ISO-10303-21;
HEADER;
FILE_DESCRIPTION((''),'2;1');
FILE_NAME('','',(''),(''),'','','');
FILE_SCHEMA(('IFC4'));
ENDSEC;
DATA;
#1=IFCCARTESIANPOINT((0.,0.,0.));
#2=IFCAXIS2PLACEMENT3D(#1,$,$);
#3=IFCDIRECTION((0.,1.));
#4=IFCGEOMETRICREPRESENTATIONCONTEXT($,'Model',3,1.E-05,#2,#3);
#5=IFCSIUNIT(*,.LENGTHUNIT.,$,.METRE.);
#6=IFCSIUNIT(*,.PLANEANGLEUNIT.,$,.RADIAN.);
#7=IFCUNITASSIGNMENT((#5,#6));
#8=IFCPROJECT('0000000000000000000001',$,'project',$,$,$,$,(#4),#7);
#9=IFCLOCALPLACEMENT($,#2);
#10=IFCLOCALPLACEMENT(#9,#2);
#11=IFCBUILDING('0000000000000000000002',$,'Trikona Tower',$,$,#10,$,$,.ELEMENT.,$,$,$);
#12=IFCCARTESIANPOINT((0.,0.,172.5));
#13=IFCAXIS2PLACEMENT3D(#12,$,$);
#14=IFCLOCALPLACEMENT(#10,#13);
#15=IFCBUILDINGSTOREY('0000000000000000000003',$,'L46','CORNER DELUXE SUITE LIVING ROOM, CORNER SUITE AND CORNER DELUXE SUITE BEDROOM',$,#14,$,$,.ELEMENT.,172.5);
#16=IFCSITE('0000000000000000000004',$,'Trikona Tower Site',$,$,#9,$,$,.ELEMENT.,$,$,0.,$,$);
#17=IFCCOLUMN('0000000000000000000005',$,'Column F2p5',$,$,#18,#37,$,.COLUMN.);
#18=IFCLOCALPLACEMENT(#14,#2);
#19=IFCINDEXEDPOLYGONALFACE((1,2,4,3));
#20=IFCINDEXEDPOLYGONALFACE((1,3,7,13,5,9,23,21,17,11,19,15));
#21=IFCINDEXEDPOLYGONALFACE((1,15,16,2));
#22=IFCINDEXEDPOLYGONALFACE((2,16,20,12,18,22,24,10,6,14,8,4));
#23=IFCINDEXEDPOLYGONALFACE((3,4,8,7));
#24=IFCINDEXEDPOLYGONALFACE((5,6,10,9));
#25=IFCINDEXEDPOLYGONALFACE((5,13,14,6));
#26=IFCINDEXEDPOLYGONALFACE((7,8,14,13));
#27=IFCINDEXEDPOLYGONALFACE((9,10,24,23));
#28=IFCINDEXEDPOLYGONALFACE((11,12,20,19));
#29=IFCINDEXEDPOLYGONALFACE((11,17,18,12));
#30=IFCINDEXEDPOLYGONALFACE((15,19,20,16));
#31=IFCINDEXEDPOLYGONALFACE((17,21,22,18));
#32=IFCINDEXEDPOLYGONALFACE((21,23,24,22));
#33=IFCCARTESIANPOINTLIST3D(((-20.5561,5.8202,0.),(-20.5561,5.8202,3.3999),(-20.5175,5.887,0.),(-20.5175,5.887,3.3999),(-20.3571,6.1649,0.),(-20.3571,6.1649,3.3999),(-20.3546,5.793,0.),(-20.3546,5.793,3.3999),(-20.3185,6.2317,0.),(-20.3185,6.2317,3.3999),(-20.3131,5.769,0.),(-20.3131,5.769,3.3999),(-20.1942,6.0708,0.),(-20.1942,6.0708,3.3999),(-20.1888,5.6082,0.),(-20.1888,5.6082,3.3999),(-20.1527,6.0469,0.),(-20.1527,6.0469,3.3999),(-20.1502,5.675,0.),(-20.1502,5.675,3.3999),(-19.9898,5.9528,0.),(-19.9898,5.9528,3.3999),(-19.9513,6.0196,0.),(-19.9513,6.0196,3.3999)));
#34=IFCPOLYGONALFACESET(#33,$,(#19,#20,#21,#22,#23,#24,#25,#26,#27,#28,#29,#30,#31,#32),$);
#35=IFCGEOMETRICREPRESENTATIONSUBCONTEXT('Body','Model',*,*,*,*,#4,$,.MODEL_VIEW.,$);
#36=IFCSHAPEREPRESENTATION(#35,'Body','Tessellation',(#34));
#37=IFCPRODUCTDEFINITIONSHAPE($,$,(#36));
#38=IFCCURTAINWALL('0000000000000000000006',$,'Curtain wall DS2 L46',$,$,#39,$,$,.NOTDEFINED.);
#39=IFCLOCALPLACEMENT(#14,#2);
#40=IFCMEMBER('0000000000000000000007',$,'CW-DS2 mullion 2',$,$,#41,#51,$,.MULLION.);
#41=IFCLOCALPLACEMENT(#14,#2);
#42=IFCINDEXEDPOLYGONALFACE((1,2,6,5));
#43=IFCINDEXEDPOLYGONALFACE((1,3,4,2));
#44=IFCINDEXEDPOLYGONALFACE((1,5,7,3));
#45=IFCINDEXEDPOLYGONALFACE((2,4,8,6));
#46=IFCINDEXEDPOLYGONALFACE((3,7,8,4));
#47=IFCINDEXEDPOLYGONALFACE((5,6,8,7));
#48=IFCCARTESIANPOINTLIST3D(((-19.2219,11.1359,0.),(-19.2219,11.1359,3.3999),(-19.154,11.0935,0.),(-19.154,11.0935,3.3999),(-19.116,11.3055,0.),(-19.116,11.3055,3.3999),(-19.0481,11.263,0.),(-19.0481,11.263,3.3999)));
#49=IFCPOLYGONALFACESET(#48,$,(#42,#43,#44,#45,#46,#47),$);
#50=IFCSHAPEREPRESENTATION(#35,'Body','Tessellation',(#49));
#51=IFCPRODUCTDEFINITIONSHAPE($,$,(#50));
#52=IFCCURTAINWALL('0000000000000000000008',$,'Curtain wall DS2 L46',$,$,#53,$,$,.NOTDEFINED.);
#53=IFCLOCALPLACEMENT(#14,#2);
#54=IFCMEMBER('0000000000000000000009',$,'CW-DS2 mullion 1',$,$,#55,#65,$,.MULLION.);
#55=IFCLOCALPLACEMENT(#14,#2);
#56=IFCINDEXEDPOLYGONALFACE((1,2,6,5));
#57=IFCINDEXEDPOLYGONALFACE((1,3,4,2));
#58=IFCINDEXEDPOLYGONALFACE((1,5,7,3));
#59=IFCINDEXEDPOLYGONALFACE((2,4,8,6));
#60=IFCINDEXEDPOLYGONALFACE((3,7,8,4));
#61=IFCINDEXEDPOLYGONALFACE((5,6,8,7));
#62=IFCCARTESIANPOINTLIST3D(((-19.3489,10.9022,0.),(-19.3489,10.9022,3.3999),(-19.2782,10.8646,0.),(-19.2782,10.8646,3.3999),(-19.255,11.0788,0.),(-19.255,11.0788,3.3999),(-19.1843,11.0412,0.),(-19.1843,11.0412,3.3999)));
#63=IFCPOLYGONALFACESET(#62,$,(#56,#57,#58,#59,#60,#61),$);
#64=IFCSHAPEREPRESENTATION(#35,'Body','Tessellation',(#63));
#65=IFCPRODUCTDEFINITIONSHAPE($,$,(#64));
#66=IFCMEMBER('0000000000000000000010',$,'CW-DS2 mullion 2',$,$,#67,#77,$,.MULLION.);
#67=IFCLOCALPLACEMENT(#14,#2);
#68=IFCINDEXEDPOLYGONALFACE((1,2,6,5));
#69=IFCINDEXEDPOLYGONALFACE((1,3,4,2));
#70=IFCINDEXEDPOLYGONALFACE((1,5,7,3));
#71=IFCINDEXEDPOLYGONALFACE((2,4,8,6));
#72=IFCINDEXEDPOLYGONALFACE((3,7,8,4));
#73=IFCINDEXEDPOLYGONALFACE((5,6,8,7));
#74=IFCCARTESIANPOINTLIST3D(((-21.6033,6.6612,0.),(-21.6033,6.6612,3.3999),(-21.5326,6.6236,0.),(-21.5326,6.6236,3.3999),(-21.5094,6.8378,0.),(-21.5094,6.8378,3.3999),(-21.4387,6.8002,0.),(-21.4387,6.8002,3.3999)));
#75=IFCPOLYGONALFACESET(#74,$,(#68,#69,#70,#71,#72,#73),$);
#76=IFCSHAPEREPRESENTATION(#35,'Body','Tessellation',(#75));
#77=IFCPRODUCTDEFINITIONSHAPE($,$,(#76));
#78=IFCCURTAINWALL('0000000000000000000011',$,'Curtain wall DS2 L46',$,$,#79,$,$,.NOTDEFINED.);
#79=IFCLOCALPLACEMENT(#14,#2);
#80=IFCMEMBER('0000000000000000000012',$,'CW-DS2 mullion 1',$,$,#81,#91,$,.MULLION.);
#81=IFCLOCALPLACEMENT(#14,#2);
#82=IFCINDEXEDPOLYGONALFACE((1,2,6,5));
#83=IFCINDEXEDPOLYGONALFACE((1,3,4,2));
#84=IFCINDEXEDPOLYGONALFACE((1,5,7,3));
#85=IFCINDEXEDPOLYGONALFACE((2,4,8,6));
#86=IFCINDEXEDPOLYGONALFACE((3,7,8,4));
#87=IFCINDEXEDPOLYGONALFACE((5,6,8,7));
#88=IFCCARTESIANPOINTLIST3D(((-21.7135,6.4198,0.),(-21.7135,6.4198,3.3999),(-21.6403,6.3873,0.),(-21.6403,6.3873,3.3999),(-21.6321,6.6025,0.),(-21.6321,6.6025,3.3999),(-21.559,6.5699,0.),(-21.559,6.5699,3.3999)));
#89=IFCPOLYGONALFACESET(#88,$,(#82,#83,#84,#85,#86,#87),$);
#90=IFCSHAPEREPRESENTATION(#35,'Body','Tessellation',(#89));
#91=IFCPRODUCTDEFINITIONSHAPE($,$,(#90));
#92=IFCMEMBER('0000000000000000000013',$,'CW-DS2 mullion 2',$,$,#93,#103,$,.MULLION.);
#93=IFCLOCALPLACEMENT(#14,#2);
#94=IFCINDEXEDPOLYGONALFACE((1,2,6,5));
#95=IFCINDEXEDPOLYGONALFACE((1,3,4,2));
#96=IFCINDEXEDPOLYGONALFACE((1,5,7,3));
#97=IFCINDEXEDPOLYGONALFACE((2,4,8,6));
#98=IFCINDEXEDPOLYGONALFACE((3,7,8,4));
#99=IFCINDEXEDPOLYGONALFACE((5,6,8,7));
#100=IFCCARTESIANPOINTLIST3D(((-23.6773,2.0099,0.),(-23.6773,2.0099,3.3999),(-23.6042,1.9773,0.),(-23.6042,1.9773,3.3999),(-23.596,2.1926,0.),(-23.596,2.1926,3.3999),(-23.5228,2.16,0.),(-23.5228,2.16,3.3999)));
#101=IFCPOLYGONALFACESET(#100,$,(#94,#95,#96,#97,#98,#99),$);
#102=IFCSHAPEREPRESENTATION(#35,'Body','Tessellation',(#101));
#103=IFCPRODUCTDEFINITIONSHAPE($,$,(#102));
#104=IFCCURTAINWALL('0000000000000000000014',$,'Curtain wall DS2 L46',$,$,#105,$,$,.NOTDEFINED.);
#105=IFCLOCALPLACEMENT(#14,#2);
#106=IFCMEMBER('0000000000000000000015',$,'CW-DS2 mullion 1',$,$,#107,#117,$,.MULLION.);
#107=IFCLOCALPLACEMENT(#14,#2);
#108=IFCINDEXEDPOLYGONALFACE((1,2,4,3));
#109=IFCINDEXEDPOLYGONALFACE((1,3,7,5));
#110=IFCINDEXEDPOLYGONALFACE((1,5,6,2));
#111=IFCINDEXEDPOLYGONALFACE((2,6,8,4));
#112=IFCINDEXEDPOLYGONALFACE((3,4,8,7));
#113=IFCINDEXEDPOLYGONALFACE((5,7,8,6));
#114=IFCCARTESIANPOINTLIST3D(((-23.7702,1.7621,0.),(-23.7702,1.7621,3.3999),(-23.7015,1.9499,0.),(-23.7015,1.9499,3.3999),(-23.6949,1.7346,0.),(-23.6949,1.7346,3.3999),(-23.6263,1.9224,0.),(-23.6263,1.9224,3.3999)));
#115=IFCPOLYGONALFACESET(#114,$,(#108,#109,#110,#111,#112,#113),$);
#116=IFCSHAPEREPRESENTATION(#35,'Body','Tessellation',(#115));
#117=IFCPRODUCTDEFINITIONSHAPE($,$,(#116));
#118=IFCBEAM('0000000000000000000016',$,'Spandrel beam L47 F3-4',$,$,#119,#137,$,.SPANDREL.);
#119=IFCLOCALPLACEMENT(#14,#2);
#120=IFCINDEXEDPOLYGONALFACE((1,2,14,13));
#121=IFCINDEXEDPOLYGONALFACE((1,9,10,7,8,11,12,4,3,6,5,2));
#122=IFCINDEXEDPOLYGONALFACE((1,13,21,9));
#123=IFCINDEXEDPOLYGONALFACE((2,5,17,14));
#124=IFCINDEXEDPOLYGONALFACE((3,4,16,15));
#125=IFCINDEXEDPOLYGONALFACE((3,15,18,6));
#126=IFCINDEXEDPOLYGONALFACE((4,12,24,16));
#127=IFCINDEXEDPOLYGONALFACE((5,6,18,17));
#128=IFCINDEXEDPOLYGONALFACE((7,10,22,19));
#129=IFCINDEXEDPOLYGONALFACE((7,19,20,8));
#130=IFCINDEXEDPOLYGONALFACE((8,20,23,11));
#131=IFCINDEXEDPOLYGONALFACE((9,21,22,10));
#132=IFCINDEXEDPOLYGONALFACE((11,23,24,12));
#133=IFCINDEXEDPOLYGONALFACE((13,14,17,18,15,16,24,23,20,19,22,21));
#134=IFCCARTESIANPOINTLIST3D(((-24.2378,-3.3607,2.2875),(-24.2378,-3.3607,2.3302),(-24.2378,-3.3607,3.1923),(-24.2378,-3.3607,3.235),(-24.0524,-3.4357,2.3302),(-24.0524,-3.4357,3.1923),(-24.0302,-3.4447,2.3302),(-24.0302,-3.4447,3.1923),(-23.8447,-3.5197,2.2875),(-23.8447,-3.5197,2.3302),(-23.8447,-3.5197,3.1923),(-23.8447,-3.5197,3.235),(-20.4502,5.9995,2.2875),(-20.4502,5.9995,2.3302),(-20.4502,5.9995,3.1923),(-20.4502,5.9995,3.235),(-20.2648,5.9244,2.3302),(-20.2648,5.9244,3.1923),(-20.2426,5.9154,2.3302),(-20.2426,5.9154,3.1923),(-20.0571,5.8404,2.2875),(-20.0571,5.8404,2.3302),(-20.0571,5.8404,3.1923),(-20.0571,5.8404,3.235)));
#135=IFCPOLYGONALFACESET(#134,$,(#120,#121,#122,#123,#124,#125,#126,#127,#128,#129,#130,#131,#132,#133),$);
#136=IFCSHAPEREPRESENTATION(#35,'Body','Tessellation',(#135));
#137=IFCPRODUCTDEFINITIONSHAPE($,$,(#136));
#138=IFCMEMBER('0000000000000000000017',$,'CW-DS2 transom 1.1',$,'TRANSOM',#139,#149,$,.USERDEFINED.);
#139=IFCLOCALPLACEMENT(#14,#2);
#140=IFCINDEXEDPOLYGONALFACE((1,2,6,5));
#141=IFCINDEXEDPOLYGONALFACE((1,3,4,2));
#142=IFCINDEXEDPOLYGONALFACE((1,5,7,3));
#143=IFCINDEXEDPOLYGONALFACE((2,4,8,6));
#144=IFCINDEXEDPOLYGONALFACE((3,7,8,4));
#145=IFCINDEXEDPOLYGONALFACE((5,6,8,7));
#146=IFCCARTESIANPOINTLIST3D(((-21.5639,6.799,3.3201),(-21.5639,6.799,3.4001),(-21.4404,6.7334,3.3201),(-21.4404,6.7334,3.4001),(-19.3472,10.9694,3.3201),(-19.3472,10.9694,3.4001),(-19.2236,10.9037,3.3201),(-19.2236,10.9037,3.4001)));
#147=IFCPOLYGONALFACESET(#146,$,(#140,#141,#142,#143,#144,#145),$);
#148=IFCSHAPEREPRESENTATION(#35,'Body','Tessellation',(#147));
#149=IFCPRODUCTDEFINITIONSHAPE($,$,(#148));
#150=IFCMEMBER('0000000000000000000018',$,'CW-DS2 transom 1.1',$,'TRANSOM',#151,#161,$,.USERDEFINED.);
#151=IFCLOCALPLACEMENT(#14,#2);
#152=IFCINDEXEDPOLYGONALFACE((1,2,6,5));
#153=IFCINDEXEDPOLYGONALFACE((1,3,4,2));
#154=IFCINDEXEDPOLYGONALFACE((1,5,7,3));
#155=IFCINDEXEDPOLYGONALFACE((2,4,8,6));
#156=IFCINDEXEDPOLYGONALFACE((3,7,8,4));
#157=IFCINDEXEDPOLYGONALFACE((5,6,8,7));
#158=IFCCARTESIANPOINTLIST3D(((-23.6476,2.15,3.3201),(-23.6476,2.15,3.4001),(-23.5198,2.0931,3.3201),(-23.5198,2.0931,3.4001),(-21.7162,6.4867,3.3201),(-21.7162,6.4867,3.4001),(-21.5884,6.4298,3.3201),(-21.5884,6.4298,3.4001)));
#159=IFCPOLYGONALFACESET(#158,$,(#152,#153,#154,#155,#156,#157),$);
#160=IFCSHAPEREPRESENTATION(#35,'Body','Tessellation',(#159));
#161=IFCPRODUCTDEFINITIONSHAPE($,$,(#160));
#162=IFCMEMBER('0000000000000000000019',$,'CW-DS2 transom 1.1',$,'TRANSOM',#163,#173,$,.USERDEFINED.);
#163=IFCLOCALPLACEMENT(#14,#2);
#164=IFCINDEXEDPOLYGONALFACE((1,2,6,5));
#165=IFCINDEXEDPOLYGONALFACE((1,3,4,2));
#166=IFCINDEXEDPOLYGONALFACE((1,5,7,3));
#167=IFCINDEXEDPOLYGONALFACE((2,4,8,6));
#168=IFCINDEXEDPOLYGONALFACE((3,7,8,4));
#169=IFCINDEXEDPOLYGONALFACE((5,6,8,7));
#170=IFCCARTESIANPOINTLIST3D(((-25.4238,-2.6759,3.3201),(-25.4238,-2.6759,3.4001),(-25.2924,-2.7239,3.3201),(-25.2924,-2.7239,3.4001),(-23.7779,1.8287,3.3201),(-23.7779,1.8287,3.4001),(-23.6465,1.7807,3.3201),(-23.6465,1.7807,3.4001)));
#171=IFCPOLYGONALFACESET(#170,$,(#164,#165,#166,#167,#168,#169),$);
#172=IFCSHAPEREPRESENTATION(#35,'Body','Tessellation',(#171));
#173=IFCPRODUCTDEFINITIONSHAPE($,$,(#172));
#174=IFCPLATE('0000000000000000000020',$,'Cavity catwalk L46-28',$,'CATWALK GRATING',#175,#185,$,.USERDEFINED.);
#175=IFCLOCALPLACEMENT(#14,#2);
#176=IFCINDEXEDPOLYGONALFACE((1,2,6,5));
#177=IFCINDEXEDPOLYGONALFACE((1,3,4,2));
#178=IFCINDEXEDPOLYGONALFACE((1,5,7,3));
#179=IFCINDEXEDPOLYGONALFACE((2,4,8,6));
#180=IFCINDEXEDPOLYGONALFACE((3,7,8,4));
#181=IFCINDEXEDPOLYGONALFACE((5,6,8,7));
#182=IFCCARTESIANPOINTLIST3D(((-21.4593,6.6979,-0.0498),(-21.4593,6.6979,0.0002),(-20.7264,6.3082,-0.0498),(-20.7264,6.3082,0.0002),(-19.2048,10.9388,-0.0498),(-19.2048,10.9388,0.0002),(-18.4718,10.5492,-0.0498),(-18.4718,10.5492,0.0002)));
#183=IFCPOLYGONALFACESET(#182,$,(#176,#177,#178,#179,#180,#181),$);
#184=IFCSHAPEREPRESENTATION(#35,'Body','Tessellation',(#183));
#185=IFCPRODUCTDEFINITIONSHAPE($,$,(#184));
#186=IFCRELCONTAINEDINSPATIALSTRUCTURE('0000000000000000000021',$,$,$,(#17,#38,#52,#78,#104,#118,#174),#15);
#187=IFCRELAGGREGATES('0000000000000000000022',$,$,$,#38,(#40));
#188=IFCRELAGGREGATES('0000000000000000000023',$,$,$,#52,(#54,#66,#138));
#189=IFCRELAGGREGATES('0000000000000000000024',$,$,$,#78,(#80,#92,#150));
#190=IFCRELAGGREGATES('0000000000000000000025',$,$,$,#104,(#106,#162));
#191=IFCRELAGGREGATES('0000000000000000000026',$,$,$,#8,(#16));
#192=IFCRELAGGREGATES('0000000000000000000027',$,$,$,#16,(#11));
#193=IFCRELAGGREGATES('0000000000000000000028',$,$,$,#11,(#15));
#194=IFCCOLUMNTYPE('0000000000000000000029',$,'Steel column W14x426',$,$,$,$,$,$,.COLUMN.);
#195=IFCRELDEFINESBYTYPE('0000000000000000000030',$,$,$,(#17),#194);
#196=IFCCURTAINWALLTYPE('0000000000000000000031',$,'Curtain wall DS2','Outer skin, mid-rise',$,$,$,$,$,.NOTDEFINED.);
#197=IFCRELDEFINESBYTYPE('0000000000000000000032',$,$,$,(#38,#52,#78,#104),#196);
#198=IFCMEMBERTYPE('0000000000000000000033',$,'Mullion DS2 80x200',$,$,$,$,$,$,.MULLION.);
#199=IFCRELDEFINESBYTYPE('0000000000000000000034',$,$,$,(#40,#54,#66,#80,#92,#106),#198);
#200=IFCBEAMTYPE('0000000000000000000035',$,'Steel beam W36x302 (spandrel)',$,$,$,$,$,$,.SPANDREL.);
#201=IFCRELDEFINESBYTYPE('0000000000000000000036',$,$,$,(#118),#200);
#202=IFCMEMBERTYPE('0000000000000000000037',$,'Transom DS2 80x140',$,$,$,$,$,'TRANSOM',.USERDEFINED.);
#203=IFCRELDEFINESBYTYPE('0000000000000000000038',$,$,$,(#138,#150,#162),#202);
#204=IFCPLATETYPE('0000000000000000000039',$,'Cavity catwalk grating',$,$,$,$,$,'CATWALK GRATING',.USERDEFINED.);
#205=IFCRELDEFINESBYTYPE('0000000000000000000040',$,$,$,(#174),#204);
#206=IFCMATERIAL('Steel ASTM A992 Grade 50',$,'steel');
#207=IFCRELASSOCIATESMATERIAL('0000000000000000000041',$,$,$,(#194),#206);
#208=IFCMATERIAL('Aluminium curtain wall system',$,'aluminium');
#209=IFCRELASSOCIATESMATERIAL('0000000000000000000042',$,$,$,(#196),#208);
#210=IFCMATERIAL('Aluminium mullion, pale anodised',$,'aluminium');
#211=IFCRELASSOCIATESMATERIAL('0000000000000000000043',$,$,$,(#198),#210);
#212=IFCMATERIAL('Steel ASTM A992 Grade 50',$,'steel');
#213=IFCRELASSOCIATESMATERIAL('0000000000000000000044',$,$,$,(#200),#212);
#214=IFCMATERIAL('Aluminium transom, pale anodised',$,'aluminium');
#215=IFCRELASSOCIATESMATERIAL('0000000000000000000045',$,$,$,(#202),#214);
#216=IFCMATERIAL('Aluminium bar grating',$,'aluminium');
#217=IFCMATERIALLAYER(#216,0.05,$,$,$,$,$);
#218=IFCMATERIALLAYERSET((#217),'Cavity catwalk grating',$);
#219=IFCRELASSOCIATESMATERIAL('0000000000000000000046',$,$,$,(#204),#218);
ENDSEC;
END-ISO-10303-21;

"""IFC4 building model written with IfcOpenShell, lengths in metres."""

from ifc_helpers import new_model, si_unit, direction, frame, origin, origin_2d, place, context, subcontext, project, spatial, rectangle, i_section, extrude, material, layer, layer_set, material_profile, profile_set, type_object, element, aggregate, save


model = new_model("IFC4")

# Units and contexts
model_context = context("Model", 3, precision=1e-05, world=origin(), true_north=direction((0.0, 1.0)))
body_context = subcontext(model_context, "Body", "Model", "MODEL_VIEW")
ifc_project = project(units=[si_unit("LENGTHUNIT", "METRE"), si_unit("PLANEANGLEUNIT", "RADIAN")], contexts=[model_context])

# Site, building, storey
site_placement = place(None, origin())
site = spatial("IfcSite", under=ifc_project, at=site_placement, Name="Trikona Tower Site", CompositionType="ELEMENT", RefElevation=0.0)
building_placement = place(site_placement, origin())
building = spatial("IfcBuilding", under=site, at=building_placement, Name="Trikona Tower", CompositionType="ELEMENT")
storey_placement = place(building_placement, frame((0.0, 0.0, 172.5)))
storey = spatial("IfcBuildingStorey", under=building, at=storey_placement, Name="L46", Description="CORNER DELUXE SUITE LIVING ROOM, CORNER SUITE AND CORNER DELUXE SUITE BEDROOM", CompositionType="ELEMENT", Elevation=172.5)

# Column
ifc_material_1 = material(Name="Steel ASTM A992 Grade 50", Category="steel")
ifc_material_profile_1 = material_profile(ifc_material_1, i_section(OverallWidth=0.4241, OverallDepth=0.4751, WebThickness=0.0479, FlangeThickness=0.0771, at=origin_2d()), Name="W14X426")
ifc_profile_set_1 = profile_set([ifc_material_profile_1], Name="Steel ASTM A992 Grade 50")
column_type = type_object("IfcColumnType", Name="Steel column W14x426", PredefinedType="COLUMN", material=ifc_profile_set_1)
column_placement = place(storey_placement, frame((-20.2537, 5.9199, 0.0), z_axis=(0.0, 0.0, 1.0), x_axis=(-0.866025, 0.5, 0.0)))
element("IfcColumn", 1, at=column_placement, inside=storey, type_object=column_type, Name="Column F2p5", PredefinedType="COLUMN", context=body_context, shape_type="SweptSolid", body=[
    extrude(i_section(OverallWidth=0.4241, OverallDepth=0.4751, WebThickness=0.0479, FlangeThickness=0.0771, at=origin_2d()), origin(), (0.0, 0.0, 1.0), 3.3999),
])

# Curtain wall, member
ifc_material_2 = material(Name="Aluminium curtain wall system", Category="aluminium")
curtain_wall_type = type_object("IfcCurtainWallType", Name="Curtain wall DS2", Description="Outer skin, mid-rise", PredefinedType="NOTDEFINED", material=ifc_material_2)
curtain_wall_1_placement = place(storey_placement, origin())
curtain_wall_1 = element("IfcCurtainWall", 2, at=curtain_wall_1_placement, inside=storey, type_object=curtain_wall_type, Name="Curtain wall DS2 L46", PredefinedType="NOTDEFINED")
ifc_material_3 = material(Name="Aluminium mullion, pale anodised", Category="aluminium")
ifc_material_profile_2 = material_profile(ifc_material_3, rectangle(XDim=0.0801, YDim=0.2, at=origin_2d()), Name="MUL-DS2")
ifc_profile_set_2 = profile_set([ifc_material_profile_2], Name="Aluminium mullion, pale anodised")
member_type_1 = type_object("IfcMemberType", Name="Mullion DS2 80x200", PredefinedType="MULLION", material=ifc_profile_set_2)
member_1_placement = place(storey_placement, frame((-19.135, 11.1995, 0.0), z_axis=(0.0, 0.0, 1.0), x_axis=(0.847998, -0.529999, 0.0)))
member_1 = element("IfcMember", 3, at=member_1_placement, type_object=member_type_1, Name="CW-DS2 mullion 2", PredefinedType="MULLION", context=body_context, shape_type="SweptSolid", body=[
    extrude(rectangle(XDim=0.0801, YDim=0.2, at=origin_2d()), origin(), (0.0, 0.0, 1.0), 3.3999),
])
aggregate(curtain_wall_1, [member_1])

# Curtain walls, members
curtain_wall_2_placement = place(storey_placement, origin())
curtain_wall_2 = element("IfcCurtainWall", 4, at=curtain_wall_2_placement, inside=storey, type_object=curtain_wall_type, Name="Curtain wall DS2 L46", PredefinedType="NOTDEFINED")
member_2_placement = place(storey_placement, frame((-19.2666, 10.9717, 0.0), z_axis=(0.0, 0.0, 1.0), x_axis=(0.882996, -0.46938, 0.0)))
member_2 = element("IfcMember", 5, at=member_2_placement, type_object=member_type_1, Name="CW-DS2 mullion 1", PredefinedType="MULLION", context=body_context, shape_type="SweptSolid", body=[
    extrude(rectangle(XDim=0.0801, YDim=0.2, at=origin_2d()), origin(), (0.0, 0.0, 1.0), 3.3999),
])
member_3_placement = place(storey_placement, frame((-21.521, 6.7307, 0.0), z_axis=(0.0, 0.0, 1.0), x_axis=(0.882996, -0.46938, 0.0)))
member_3 = element("IfcMember", 6, at=member_3_placement, type_object=member_type_1, Name="CW-DS2 mullion 2", PredefinedType="MULLION", context=body_context, shape_type="SweptSolid", body=[
    extrude(rectangle(XDim=0.0801, YDim=0.2, at=origin_2d()), origin(), (0.0, 0.0, 1.0), 3.3999),
])
curtain_wall_3_placement = place(storey_placement, origin())
curtain_wall_3 = element("IfcCurtainWall", 7, at=curtain_wall_3_placement, inside=storey, type_object=curtain_wall_type, Name="Curtain wall DS2 L46", PredefinedType="NOTDEFINED")
member_4_placement = place(storey_placement, frame((-21.6362, 6.4949, 0.0), z_axis=(0.0, 0.0, 1.0), x_axis=(0.913501, -0.406836, 0.0)))
member_4 = element("IfcMember", 8, at=member_4_placement, type_object=member_type_1, Name="CW-DS2 mullion 1", PredefinedType="MULLION", context=body_context, shape_type="SweptSolid", body=[
    extrude(rectangle(XDim=0.0801, YDim=0.2, at=origin_2d()), origin(), (0.0, 0.0, 1.0), 3.3999),
])
member_5_placement = place(storey_placement, frame((-23.6001, 2.085, 0.0), z_axis=(0.0, 0.0, 1.0), x_axis=(0.913501, -0.406836, 0.0)))
member_5 = element("IfcMember", 9, at=member_5_placement, type_object=member_type_1, Name="CW-DS2 mullion 2", PredefinedType="MULLION", context=body_context, shape_type="SweptSolid", body=[
    extrude(rectangle(XDim=0.0801, YDim=0.2, at=origin_2d()), origin(), (0.0, 0.0, 1.0), 3.3999),
])

# Curtain wall, member
curtain_wall_4_placement = place(storey_placement, origin())
curtain_wall_4 = element("IfcCurtainWall", 10, at=curtain_wall_4_placement, inside=storey, type_object=curtain_wall_type, Name="Curtain wall DS2 L46", PredefinedType="NOTDEFINED")
member_6_placement = place(storey_placement, frame((-23.6982, 1.8423, 0.0), z_axis=(0.0, 0.0, 1.0), x_axis=(0.939254, -0.343223, 0.0)))
member_6 = element("IfcMember", 11, at=member_6_placement, type_object=member_type_1, Name="CW-DS2 mullion 1", PredefinedType="MULLION", context=body_context, shape_type="SweptSolid", body=[
    extrude(rectangle(XDim=0.0801, YDim=0.2, at=origin_2d()), origin(), (0.0, 0.0, 1.0), 3.3999),
])

# Beam
ifc_material_4 = material(Name="Steel ASTM A992 Grade 50", Category="steel")
ifc_material_profile_3 = material_profile(ifc_material_4, i_section(OverallWidth=0.4241, OverallDepth=0.9475, WebThickness=0.0239, FlangeThickness=0.0427, at=origin_2d()), Name="W36X302")
ifc_profile_set_3 = profile_set([ifc_material_profile_3], Name="Steel ASTM A992 Grade 50")
beam_type = type_object("IfcBeamType", Name="Steel beam W36x302 (spandrel)", PredefinedType="SPANDREL", material=ifc_profile_set_3)
beam_placement = place(storey_placement, frame((-20.2537, 5.9199, 2.7612), z_axis=(-0.375106, -0.926982, 0.0), x_axis=(0.926982, -0.375106, 0.0)))
element("IfcBeam", 12, at=beam_placement, inside=storey, type_object=beam_type, Name="Spandrel beam L47 F3-4", PredefinedType="SPANDREL", context=body_context, shape_type="SweptSolid", body=[
    extrude(i_section(OverallWidth=0.4241, OverallDepth=0.9475, WebThickness=0.0239, FlangeThickness=0.0427, at=origin_2d()), origin(), (0.0, 0.0, 1.0), 10.0974),
])

# Members
ifc_material_5 = material(Name="Aluminium transom, pale anodised", Category="aluminium")
ifc_material_profile_4 = material_profile(ifc_material_5, rectangle(XDim=0.1399, YDim=0.0801, at=origin_2d()), Name="TRN-DS2")
ifc_profile_set_4 = profile_set([ifc_material_profile_4], Name="Aluminium transom, pale anodised")
member_type_2 = type_object("IfcMemberType", Name="Transom DS2 80x140", ElementType="TRANSOM", PredefinedType="USERDEFINED", material=ifc_profile_set_4)
member_7_placement = place(storey_placement, frame((-19.2854, 10.9365, 3.3601), z_axis=(-0.469364, -0.883005, 0.0), x_axis=(0.883005, -0.469364, 0.0)))
member_7 = element("IfcMember", 13, at=member_7_placement, type_object=member_type_2, Name="CW-DS2 transom 1.1", ObjectType="TRANSOM", PredefinedType="USERDEFINED", context=body_context, shape_type="SweptSolid", body=[
    extrude(rectangle(XDim=0.1399, YDim=0.0801, at=origin_2d()), origin(), (0.0, 0.0, 1.0), 4.7229),
])
member_8_placement = place(storey_placement, frame((-21.6523, 6.4583, 3.3601), z_axis=(-0.40684, -0.9135, 0.0), x_axis=(0.9135, -0.40684, 0.0)))
member_8 = element("IfcMember", 14, at=member_8_placement, type_object=member_type_2, Name="CW-DS2 transom 1.1", ObjectType="TRANSOM", PredefinedType="USERDEFINED", context=body_context, shape_type="SweptSolid", body=[
    extrude(rectangle(XDim=0.1399, YDim=0.0801, at=origin_2d()), origin(), (0.0, 0.0, 1.0), 4.7473),
])
member_9_placement = place(storey_placement, frame((-23.7122, 1.8047, 3.3601), z_axis=(-0.343206, -0.93926, 0.0), x_axis=(0.93926, -0.343206, 0.0)))
member_9 = element("IfcMember", 15, at=member_9_placement, type_object=member_type_2, Name="CW-DS2 transom 1.1", ObjectType="TRANSOM", PredefinedType="USERDEFINED", context=body_context, shape_type="SweptSolid", body=[
    extrude(rectangle(XDim=0.1399, YDim=0.0801, at=origin_2d()), origin(), (0.0, 0.0, 1.0), 4.7959),
])

# Plate
ifc_material_6 = material(Name="Aluminium bar grating", Category="aluminium")
ifc_layer_1 = layer(ifc_material_6, 0.05)
ifc_layer_set_1 = layer_set([ifc_layer_1], Name="Cavity catwalk grating")
plate_type_1 = type_object("IfcPlateType", Name="Cavity catwalk grating", ElementType="CATWALK GRATING", PredefinedType="USERDEFINED", material=ifc_layer_set_1)
plate_1_placement = place(storey_placement, frame((-19.9656, 8.6235, -0.0498), z_axis=(0.0, 0.0, 1.0), x_axis=(-0.469398, -0.882987, 0.0)))
element("IfcPlate", 16, at=plate_1_placement, inside=storey, type_object=plate_type_1, Name="Cavity catwalk L46-28", ObjectType="CATWALK GRATING", PredefinedType="USERDEFINED", context=body_context, shape_type="SweptSolid", body=[
    extrude(rectangle(XDim=4.803, YDim=0.8301, at=origin_2d()), origin(), (0.0, 0.0, 1.0), 0.05),
])

aggregate(curtain_wall_2, [member_2, member_3, member_7])
aggregate(curtain_wall_3, [member_4, member_5, member_8])
aggregate(curtain_wall_4, [member_6, member_9])

save(model, "model.ifc")
